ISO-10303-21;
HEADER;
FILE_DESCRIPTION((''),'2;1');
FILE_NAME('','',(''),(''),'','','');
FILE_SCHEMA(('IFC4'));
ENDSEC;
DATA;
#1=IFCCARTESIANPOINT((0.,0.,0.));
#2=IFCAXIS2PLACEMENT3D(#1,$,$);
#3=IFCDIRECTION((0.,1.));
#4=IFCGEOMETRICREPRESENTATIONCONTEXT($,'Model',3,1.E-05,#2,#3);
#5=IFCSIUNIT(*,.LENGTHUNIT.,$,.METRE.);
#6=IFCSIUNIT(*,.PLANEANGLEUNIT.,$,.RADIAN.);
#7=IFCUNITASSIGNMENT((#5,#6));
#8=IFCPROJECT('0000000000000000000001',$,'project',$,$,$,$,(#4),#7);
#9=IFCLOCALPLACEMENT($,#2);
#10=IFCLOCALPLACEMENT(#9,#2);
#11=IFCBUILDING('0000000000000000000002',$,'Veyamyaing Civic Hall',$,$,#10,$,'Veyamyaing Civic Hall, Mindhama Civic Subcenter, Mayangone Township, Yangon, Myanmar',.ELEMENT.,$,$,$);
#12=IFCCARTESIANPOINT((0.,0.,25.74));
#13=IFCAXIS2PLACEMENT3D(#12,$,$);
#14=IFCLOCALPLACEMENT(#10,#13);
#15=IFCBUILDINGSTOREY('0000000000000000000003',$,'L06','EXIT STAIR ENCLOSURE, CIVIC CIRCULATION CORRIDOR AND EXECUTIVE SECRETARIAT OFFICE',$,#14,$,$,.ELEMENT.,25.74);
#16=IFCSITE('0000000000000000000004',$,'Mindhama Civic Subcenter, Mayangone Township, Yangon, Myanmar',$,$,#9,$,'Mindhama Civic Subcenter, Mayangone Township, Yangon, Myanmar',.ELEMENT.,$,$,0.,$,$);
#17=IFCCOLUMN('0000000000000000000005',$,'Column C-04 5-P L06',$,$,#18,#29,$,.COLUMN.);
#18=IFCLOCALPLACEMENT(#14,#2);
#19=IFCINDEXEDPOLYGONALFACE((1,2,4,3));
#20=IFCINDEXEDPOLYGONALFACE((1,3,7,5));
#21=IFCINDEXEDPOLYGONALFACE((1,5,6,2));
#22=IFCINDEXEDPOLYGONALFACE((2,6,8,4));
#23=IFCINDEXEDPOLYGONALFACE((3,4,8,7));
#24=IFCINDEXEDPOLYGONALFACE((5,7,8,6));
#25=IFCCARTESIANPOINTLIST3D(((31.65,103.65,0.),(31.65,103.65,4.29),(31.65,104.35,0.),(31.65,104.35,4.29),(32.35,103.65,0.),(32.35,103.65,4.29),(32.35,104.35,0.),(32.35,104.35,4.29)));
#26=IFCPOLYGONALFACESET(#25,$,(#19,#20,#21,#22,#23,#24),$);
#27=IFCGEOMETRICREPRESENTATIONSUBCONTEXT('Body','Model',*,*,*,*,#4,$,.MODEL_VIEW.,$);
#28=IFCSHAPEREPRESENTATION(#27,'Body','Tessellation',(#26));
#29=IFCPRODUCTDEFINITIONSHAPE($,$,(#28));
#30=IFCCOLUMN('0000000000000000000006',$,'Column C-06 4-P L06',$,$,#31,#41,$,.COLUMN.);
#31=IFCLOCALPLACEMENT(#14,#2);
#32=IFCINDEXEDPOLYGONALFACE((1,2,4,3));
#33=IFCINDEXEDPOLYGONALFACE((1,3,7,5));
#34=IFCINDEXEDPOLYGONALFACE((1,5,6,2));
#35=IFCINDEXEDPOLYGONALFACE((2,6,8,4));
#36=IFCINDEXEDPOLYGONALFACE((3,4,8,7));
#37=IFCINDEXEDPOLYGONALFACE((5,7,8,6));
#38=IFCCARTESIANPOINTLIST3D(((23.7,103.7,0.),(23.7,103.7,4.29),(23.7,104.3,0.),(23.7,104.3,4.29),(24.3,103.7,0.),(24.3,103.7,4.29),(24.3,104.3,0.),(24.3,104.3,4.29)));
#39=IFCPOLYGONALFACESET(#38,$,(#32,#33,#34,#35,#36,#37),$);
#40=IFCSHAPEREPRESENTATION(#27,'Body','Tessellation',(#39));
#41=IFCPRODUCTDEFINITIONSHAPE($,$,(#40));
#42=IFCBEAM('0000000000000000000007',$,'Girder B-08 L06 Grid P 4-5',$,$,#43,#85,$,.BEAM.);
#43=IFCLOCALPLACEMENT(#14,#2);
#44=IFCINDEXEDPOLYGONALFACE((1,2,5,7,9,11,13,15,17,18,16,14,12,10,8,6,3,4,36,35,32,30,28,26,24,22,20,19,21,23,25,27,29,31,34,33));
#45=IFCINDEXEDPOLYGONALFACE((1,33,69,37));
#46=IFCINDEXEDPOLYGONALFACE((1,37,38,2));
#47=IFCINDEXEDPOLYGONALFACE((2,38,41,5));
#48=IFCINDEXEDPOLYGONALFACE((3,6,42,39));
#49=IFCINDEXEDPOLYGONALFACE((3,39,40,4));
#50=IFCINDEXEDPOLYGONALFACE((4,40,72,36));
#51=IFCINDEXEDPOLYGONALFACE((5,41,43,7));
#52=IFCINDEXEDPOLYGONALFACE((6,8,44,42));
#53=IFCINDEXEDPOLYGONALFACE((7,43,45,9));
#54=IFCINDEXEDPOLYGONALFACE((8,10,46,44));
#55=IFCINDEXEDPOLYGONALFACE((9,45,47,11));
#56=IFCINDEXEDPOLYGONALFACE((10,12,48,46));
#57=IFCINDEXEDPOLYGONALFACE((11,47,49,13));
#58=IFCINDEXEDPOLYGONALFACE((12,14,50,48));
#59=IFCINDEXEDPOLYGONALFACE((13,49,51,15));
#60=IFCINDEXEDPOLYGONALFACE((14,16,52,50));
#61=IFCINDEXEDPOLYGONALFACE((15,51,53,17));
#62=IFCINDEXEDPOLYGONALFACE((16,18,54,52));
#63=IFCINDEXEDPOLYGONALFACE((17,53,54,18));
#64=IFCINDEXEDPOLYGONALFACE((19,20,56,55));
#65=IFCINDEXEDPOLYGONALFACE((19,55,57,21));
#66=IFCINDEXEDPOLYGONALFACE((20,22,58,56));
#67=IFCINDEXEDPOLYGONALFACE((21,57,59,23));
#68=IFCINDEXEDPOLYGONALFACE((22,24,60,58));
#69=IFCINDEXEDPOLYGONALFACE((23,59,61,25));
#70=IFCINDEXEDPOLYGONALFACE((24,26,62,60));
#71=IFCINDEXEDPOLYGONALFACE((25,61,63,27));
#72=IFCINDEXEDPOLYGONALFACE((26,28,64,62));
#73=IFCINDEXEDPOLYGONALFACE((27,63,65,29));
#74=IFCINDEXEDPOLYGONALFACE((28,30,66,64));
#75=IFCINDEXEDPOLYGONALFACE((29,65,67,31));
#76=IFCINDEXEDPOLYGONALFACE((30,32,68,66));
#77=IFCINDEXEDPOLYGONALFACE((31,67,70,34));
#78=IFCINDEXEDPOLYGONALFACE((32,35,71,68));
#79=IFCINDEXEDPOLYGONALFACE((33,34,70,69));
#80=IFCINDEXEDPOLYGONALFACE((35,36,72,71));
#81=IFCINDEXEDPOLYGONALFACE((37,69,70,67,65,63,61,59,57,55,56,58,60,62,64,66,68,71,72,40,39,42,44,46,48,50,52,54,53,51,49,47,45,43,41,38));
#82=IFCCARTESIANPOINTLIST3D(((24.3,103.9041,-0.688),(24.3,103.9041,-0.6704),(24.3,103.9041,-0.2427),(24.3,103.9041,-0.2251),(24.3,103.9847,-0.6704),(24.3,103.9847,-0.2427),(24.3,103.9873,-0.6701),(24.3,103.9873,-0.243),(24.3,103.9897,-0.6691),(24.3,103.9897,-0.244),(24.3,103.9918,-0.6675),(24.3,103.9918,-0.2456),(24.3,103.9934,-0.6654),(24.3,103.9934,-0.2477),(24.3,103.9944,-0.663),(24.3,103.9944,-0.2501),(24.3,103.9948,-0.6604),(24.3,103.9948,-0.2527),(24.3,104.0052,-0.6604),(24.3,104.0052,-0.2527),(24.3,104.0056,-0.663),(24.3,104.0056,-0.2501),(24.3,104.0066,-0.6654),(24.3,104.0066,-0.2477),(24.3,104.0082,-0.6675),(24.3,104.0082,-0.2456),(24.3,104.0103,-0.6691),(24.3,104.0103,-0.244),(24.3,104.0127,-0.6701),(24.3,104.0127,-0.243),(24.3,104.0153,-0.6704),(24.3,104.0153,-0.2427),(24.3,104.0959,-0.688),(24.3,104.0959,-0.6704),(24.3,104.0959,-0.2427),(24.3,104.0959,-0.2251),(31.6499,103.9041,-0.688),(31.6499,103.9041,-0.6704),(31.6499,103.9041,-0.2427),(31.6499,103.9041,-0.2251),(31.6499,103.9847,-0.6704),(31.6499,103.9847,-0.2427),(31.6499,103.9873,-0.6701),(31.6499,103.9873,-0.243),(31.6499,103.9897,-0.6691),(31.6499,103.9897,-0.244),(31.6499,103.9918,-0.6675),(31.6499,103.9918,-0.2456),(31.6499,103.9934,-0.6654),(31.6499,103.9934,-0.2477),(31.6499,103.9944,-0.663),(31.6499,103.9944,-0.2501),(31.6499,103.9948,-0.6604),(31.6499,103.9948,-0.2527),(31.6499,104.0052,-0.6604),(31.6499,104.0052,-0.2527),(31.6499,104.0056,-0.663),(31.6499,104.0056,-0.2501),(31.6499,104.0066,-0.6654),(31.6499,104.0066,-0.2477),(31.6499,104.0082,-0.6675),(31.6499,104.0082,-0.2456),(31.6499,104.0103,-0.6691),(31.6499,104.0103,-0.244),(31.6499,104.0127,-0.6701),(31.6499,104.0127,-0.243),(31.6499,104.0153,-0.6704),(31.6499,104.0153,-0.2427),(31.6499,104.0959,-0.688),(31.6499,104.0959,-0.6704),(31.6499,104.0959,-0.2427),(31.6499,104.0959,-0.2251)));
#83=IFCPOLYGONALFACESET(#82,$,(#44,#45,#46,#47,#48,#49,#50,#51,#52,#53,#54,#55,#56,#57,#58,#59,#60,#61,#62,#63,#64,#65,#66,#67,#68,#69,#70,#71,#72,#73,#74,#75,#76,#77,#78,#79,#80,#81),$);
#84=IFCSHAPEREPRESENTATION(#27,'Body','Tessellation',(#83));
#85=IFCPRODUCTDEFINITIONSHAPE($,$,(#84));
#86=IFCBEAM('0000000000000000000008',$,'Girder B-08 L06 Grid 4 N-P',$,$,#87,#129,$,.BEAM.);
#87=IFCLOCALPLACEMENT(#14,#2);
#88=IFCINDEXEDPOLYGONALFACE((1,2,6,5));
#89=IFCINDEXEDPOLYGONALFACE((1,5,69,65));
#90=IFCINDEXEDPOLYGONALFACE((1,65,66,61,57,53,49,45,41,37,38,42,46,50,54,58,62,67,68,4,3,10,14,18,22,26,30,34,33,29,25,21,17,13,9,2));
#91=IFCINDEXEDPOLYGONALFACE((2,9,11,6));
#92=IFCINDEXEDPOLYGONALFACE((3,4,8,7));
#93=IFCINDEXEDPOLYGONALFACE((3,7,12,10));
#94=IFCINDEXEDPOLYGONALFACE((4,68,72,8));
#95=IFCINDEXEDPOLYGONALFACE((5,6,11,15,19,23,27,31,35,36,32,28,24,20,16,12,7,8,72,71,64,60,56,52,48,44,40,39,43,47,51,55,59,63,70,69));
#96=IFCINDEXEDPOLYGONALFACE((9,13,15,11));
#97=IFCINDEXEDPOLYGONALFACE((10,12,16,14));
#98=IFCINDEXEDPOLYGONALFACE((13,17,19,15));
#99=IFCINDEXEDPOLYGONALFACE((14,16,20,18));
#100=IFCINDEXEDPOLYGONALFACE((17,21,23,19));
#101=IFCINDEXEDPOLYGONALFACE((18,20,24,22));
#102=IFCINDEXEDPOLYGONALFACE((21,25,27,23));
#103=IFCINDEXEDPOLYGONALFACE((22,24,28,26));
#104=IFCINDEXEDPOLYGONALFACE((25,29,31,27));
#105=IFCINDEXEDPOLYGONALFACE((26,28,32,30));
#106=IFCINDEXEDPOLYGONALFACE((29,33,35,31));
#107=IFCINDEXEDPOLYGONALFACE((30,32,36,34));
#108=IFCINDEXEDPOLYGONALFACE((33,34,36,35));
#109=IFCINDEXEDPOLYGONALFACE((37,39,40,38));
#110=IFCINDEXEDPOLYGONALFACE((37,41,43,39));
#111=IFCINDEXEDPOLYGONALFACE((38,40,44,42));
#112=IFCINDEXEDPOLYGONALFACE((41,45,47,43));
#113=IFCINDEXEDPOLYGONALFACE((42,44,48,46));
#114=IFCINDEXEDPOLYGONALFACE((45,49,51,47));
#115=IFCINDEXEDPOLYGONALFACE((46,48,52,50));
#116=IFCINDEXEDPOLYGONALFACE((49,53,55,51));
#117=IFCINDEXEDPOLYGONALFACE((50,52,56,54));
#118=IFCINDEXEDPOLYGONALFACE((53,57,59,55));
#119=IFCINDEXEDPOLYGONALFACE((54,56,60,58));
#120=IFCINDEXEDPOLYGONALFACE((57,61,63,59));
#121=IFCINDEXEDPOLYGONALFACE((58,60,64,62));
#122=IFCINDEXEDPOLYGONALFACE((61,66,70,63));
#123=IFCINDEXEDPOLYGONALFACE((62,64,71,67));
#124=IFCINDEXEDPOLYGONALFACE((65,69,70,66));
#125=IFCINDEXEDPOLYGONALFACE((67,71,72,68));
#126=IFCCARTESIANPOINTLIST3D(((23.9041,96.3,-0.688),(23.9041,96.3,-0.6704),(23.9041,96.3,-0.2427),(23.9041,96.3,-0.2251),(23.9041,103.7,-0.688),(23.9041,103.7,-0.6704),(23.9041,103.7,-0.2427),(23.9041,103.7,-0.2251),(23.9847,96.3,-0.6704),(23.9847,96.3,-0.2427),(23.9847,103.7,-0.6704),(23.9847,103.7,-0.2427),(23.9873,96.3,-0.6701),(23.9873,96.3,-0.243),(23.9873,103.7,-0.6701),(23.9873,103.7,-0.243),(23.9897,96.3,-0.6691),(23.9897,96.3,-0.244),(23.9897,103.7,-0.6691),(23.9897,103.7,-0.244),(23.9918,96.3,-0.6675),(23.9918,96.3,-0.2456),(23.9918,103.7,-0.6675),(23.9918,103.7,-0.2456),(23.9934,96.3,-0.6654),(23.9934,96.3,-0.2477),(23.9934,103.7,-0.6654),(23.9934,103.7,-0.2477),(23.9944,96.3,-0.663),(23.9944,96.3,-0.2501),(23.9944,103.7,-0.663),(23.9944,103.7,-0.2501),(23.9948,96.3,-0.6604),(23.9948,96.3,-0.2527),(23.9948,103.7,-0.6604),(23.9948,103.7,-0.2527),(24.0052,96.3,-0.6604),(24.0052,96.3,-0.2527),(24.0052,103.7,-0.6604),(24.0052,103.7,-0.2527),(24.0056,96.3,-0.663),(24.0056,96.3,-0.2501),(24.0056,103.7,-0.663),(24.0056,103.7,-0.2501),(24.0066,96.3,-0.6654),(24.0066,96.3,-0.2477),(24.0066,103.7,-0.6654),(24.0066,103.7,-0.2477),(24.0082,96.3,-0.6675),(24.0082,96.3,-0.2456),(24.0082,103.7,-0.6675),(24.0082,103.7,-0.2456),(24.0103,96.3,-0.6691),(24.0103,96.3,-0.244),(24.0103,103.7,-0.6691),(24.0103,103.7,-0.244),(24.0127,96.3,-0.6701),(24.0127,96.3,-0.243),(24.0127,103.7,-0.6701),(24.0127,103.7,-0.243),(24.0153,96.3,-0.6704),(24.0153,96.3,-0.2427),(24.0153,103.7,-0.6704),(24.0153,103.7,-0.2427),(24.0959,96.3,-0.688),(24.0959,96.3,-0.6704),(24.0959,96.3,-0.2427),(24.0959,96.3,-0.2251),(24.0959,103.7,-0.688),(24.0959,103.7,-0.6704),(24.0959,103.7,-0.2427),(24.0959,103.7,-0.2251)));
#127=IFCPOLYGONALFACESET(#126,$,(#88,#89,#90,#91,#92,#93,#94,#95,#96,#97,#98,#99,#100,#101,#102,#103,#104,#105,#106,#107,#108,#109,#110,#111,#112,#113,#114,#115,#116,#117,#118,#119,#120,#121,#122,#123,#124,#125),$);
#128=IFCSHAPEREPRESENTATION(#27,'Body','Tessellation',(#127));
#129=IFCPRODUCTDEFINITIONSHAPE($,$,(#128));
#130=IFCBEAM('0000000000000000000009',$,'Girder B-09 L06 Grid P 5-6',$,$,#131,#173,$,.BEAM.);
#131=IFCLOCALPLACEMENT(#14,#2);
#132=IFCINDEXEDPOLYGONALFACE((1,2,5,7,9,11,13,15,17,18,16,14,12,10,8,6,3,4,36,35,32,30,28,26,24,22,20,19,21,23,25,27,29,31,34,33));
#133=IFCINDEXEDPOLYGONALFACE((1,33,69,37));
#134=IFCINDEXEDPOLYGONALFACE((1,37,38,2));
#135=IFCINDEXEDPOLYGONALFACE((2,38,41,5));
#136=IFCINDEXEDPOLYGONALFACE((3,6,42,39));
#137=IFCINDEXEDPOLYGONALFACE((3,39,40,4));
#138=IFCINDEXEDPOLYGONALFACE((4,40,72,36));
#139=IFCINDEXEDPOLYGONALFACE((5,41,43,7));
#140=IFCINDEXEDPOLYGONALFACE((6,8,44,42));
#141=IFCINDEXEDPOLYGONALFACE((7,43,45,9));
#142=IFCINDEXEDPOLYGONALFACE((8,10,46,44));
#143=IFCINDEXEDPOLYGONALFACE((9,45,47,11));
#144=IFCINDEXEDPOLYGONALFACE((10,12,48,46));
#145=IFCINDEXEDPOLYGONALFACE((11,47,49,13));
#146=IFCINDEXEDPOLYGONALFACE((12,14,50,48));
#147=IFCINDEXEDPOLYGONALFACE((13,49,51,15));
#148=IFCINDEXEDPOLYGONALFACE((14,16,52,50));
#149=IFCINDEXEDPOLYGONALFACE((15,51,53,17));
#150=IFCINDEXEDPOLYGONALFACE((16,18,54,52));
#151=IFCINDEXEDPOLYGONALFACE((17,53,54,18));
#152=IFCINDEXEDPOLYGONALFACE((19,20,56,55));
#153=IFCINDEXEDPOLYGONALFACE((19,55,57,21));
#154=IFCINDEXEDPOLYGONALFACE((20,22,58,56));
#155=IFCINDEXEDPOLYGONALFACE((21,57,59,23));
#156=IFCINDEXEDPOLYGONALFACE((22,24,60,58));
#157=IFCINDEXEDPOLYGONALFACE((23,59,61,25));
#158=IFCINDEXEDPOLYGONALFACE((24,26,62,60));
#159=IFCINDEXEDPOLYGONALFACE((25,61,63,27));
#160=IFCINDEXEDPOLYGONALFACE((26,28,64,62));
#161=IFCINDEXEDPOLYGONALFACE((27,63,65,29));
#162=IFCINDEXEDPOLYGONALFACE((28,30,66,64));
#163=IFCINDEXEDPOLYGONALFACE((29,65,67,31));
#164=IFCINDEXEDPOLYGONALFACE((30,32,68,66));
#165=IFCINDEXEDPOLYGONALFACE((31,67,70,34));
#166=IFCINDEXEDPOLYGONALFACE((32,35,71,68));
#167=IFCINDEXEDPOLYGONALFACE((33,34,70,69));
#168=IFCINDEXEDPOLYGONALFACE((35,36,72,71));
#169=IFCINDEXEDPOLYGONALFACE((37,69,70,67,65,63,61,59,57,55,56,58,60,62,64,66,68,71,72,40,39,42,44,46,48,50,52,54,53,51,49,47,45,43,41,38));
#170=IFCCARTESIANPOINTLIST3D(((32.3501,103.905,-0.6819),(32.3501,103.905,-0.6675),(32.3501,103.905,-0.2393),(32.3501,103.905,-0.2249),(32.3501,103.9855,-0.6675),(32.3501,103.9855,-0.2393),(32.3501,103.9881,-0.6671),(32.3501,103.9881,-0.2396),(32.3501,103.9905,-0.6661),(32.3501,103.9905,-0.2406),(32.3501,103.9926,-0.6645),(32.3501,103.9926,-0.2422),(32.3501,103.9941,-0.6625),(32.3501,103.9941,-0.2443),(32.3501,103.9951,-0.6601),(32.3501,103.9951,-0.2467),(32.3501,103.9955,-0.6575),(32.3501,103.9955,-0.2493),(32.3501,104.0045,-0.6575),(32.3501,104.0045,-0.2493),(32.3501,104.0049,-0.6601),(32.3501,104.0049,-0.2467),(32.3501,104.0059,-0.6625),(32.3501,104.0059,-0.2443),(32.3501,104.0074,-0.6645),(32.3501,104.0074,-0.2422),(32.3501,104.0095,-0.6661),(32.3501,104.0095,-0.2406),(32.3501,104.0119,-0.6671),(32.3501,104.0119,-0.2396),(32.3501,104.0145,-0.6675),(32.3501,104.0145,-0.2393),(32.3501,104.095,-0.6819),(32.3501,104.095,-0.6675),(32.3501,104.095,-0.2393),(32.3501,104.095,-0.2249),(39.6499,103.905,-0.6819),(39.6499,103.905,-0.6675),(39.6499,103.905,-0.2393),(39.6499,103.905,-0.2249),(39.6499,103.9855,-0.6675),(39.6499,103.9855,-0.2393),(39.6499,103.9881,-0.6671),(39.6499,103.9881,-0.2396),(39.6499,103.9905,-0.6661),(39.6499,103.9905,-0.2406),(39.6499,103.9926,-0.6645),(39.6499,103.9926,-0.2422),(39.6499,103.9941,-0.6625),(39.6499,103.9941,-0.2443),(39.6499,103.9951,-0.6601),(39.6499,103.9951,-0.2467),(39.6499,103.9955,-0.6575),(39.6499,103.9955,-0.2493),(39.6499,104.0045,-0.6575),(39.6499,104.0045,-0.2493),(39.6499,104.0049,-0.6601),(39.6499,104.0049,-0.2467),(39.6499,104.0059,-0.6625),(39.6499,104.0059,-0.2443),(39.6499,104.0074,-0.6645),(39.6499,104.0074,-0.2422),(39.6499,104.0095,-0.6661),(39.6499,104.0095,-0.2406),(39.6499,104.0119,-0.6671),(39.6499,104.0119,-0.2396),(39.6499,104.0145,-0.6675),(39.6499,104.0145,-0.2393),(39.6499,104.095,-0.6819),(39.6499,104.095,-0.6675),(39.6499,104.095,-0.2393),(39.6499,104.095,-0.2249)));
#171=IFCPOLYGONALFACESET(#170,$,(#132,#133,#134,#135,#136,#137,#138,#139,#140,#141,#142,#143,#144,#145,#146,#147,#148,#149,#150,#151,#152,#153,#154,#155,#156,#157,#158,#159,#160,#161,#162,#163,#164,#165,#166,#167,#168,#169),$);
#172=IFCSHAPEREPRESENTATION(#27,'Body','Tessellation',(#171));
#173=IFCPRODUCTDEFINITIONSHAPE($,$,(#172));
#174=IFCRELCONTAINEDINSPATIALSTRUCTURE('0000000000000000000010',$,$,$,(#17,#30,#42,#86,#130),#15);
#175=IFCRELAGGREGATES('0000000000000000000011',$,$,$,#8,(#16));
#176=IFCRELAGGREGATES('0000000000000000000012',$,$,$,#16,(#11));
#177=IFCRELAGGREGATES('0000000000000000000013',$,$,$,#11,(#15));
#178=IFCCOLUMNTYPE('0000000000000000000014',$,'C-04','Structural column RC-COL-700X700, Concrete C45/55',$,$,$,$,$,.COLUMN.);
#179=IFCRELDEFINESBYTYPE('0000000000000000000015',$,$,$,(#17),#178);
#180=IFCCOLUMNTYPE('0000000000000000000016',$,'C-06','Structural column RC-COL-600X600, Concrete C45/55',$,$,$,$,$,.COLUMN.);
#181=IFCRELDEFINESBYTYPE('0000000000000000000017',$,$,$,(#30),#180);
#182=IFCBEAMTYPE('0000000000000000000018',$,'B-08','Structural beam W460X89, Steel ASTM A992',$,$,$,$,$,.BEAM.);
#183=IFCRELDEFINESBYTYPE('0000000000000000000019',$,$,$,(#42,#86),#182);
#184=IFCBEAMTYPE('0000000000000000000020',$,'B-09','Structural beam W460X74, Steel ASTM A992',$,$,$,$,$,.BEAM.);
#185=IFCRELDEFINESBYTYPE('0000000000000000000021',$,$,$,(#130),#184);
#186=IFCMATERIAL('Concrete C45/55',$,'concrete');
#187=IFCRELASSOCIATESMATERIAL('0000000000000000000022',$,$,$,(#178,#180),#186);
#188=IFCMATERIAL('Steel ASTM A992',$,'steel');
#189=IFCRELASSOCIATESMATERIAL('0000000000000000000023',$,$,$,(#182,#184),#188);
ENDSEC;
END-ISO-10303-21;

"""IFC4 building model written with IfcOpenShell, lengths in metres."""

from ifc_helpers import new_model, si_unit, direction, frame, origin, origin_2d, place, context, subcontext, project, spatial, rectangle, i_section, extrude, material, material_profile, profile_set, type_object, element, save


model = new_model("IFC4")

# Units and contexts
model_context = context("Model", 3, precision=1e-05, world=origin(), true_north=direction((0.0, 1.0)))
body_context = subcontext(model_context, "Body", "Model", "MODEL_VIEW")
ifc_project = project(units=[si_unit("LENGTHUNIT", "METRE"), si_unit("PLANEANGLEUNIT", "RADIAN")], contexts=[model_context])

# Site, building, storey
site_placement = place(None, origin())
site = spatial("IfcSite", under=ifc_project, at=site_placement, Name="Mindhama Civic Subcenter, Mayangone Township, Yangon, Myanmar", LongName="Mindhama Civic Subcenter, Mayangone Township, Yangon, Myanmar", CompositionType="ELEMENT", RefElevation=0.0)
building_placement = place(site_placement, origin())
building = spatial("IfcBuilding", under=site, at=building_placement, Name="Veyamyaing Civic Hall", LongName="Veyamyaing Civic Hall, Mindhama Civic Subcenter, Mayangone Township, Yangon, Myanmar", CompositionType="ELEMENT")
storey_placement = place(building_placement, frame((0.0, 0.0, 25.74)))
storey = spatial("IfcBuildingStorey", under=building, at=storey_placement, Name="L06", Description="EXIT STAIR ENCLOSURE, CIVIC CIRCULATION CORRIDOR AND EXECUTIVE SECRETARIAT OFFICE", CompositionType="ELEMENT", Elevation=25.74)

# Columns
ifc_material_1 = material(Name="Concrete C45/55", Category="concrete")
ifc_material_profile_1 = material_profile(ifc_material_1, rectangle(XDim=0.7, YDim=0.7, at=origin_2d()), Name="RC-COL-700X700")
ifc_profile_set_1 = profile_set([ifc_material_profile_1], Name="Concrete C45/55")
column_type_1 = type_object("IfcColumnType", Name="C-04", Description="Structural column RC-COL-700X700, Concrete C45/55", PredefinedType="COLUMN", material=ifc_profile_set_1)
column_1_placement = place(storey_placement, frame((32.0, 104.0, 0.0), z_axis=(0.0, 0.0, 1.0), x_axis=(1.0, 0.0, 0.0)))
element("IfcColumn", 1, at=column_1_placement, inside=storey, type_object=column_type_1, Name="Column C-04 5-P L06", PredefinedType="COLUMN", context=body_context, shape_type="SweptSolid", body=[
    extrude(rectangle(XDim=0.7, YDim=0.7, at=origin_2d()), origin(), (0.0, 0.0, 1.0), 4.29),
])
ifc_material_profile_2 = material_profile(ifc_material_1, rectangle(XDim=0.6001, YDim=0.6001, at=origin_2d()), Name="RC-COL-600X600")
ifc_profile_set_2 = profile_set([ifc_material_profile_2], Name="Concrete C45/55")
column_type_2 = type_object("IfcColumnType", Name="C-06", Description="Structural column RC-COL-600X600, Concrete C45/55", PredefinedType="COLUMN", material=ifc_profile_set_2)
column_2_placement = place(storey_placement, frame((24.0, 104.0, 0.0), z_axis=(0.0, 0.0, 1.0), x_axis=(1.0, 0.0, 0.0)))
element("IfcColumn", 2, at=column_2_placement, inside=storey, type_object=column_type_2, Name="Column C-06 4-P L06", PredefinedType="COLUMN", context=body_context, shape_type="SweptSolid", body=[
    extrude(rectangle(XDim=0.6001, YDim=0.6001, at=origin_2d()), origin(), (0.0, 0.0, 1.0), 4.29),
])

# Beams
ifc_material_2 = material(Name="Steel ASTM A992", Category="steel")
ifc_material_profile_3 = material_profile(ifc_material_2, i_section(OverallWidth=0.1919, OverallDepth=0.4629, WebThickness=0.0105, FlangeThickness=0.0176, FilletRadius=0.01, at=origin_2d()), Name="W460X89")
ifc_profile_set_3 = profile_set([ifc_material_profile_3], Name="Steel ASTM A992")
beam_type_1 = type_object("IfcBeamType", Name="B-08", Description="Structural beam W460X89, Steel ASTM A992", PredefinedType="BEAM", material=ifc_profile_set_3)
beam_1_placement = place(storey_placement, frame((24.3, 104.0, -0.4565), z_axis=(1.0, 0.0, 0.0), x_axis=(0.0, 1.0, 0.0)))
element("IfcBeam", 3, at=beam_1_placement, inside=storey, type_object=beam_type_1, Name="Girder B-08 L06 Grid P 4-5", PredefinedType="BEAM", context=body_context, shape_type="SweptSolid", body=[
    extrude(i_section(OverallWidth=0.1919, OverallDepth=0.4629, WebThickness=0.0105, FlangeThickness=0.0176, FilletRadius=0.01, at=origin_2d()), origin(), (0.0, 0.0, 1.0), 7.3499),
])
beam_2_placement = place(storey_placement, frame((24.0, 96.3, -0.4565), z_axis=(0.0, 1.0, 0.0), x_axis=(-1.0, 0.0, 0.0)))
element("IfcBeam", 4, at=beam_2_placement, inside=storey, type_object=beam_type_1, Name="Girder B-08 L06 Grid 4 N-P", PredefinedType="BEAM", context=body_context, shape_type="SweptSolid", body=[
    extrude(i_section(OverallWidth=0.1919, OverallDepth=0.4629, WebThickness=0.0105, FlangeThickness=0.0176, FilletRadius=0.01, at=origin_2d()), origin(), (0.0, 0.0, 1.0), 7.3999),
])
ifc_material_profile_4 = material_profile(ifc_material_2, i_section(OverallWidth=0.1899, OverallDepth=0.457, WebThickness=0.009, FlangeThickness=0.0144, FilletRadius=0.01, at=origin_2d()), Name="W460X74")
ifc_profile_set_4 = profile_set([ifc_material_profile_4], Name="Steel ASTM A992")
beam_type_2 = type_object("IfcBeamType", Name="B-09", Description="Structural beam W460X74, Steel ASTM A992", PredefinedType="BEAM", material=ifc_profile_set_4)
beam_3_placement = place(storey_placement, frame((32.3501, 104.0, -0.4534), z_axis=(1.0, 0.0, 0.0), x_axis=(0.0, 1.0, 0.0)))
element("IfcBeam", 5, at=beam_3_placement, inside=storey, type_object=beam_type_2, Name="Girder B-09 L06 Grid P 5-6", PredefinedType="BEAM", context=body_context, shape_type="SweptSolid", body=[
    extrude(i_section(OverallWidth=0.1899, OverallDepth=0.457, WebThickness=0.009, FlangeThickness=0.0144, FilletRadius=0.01, at=origin_2d()), origin(), (0.0, 0.0, 1.0), 7.2998),
])

save(model, "model.ifc")
